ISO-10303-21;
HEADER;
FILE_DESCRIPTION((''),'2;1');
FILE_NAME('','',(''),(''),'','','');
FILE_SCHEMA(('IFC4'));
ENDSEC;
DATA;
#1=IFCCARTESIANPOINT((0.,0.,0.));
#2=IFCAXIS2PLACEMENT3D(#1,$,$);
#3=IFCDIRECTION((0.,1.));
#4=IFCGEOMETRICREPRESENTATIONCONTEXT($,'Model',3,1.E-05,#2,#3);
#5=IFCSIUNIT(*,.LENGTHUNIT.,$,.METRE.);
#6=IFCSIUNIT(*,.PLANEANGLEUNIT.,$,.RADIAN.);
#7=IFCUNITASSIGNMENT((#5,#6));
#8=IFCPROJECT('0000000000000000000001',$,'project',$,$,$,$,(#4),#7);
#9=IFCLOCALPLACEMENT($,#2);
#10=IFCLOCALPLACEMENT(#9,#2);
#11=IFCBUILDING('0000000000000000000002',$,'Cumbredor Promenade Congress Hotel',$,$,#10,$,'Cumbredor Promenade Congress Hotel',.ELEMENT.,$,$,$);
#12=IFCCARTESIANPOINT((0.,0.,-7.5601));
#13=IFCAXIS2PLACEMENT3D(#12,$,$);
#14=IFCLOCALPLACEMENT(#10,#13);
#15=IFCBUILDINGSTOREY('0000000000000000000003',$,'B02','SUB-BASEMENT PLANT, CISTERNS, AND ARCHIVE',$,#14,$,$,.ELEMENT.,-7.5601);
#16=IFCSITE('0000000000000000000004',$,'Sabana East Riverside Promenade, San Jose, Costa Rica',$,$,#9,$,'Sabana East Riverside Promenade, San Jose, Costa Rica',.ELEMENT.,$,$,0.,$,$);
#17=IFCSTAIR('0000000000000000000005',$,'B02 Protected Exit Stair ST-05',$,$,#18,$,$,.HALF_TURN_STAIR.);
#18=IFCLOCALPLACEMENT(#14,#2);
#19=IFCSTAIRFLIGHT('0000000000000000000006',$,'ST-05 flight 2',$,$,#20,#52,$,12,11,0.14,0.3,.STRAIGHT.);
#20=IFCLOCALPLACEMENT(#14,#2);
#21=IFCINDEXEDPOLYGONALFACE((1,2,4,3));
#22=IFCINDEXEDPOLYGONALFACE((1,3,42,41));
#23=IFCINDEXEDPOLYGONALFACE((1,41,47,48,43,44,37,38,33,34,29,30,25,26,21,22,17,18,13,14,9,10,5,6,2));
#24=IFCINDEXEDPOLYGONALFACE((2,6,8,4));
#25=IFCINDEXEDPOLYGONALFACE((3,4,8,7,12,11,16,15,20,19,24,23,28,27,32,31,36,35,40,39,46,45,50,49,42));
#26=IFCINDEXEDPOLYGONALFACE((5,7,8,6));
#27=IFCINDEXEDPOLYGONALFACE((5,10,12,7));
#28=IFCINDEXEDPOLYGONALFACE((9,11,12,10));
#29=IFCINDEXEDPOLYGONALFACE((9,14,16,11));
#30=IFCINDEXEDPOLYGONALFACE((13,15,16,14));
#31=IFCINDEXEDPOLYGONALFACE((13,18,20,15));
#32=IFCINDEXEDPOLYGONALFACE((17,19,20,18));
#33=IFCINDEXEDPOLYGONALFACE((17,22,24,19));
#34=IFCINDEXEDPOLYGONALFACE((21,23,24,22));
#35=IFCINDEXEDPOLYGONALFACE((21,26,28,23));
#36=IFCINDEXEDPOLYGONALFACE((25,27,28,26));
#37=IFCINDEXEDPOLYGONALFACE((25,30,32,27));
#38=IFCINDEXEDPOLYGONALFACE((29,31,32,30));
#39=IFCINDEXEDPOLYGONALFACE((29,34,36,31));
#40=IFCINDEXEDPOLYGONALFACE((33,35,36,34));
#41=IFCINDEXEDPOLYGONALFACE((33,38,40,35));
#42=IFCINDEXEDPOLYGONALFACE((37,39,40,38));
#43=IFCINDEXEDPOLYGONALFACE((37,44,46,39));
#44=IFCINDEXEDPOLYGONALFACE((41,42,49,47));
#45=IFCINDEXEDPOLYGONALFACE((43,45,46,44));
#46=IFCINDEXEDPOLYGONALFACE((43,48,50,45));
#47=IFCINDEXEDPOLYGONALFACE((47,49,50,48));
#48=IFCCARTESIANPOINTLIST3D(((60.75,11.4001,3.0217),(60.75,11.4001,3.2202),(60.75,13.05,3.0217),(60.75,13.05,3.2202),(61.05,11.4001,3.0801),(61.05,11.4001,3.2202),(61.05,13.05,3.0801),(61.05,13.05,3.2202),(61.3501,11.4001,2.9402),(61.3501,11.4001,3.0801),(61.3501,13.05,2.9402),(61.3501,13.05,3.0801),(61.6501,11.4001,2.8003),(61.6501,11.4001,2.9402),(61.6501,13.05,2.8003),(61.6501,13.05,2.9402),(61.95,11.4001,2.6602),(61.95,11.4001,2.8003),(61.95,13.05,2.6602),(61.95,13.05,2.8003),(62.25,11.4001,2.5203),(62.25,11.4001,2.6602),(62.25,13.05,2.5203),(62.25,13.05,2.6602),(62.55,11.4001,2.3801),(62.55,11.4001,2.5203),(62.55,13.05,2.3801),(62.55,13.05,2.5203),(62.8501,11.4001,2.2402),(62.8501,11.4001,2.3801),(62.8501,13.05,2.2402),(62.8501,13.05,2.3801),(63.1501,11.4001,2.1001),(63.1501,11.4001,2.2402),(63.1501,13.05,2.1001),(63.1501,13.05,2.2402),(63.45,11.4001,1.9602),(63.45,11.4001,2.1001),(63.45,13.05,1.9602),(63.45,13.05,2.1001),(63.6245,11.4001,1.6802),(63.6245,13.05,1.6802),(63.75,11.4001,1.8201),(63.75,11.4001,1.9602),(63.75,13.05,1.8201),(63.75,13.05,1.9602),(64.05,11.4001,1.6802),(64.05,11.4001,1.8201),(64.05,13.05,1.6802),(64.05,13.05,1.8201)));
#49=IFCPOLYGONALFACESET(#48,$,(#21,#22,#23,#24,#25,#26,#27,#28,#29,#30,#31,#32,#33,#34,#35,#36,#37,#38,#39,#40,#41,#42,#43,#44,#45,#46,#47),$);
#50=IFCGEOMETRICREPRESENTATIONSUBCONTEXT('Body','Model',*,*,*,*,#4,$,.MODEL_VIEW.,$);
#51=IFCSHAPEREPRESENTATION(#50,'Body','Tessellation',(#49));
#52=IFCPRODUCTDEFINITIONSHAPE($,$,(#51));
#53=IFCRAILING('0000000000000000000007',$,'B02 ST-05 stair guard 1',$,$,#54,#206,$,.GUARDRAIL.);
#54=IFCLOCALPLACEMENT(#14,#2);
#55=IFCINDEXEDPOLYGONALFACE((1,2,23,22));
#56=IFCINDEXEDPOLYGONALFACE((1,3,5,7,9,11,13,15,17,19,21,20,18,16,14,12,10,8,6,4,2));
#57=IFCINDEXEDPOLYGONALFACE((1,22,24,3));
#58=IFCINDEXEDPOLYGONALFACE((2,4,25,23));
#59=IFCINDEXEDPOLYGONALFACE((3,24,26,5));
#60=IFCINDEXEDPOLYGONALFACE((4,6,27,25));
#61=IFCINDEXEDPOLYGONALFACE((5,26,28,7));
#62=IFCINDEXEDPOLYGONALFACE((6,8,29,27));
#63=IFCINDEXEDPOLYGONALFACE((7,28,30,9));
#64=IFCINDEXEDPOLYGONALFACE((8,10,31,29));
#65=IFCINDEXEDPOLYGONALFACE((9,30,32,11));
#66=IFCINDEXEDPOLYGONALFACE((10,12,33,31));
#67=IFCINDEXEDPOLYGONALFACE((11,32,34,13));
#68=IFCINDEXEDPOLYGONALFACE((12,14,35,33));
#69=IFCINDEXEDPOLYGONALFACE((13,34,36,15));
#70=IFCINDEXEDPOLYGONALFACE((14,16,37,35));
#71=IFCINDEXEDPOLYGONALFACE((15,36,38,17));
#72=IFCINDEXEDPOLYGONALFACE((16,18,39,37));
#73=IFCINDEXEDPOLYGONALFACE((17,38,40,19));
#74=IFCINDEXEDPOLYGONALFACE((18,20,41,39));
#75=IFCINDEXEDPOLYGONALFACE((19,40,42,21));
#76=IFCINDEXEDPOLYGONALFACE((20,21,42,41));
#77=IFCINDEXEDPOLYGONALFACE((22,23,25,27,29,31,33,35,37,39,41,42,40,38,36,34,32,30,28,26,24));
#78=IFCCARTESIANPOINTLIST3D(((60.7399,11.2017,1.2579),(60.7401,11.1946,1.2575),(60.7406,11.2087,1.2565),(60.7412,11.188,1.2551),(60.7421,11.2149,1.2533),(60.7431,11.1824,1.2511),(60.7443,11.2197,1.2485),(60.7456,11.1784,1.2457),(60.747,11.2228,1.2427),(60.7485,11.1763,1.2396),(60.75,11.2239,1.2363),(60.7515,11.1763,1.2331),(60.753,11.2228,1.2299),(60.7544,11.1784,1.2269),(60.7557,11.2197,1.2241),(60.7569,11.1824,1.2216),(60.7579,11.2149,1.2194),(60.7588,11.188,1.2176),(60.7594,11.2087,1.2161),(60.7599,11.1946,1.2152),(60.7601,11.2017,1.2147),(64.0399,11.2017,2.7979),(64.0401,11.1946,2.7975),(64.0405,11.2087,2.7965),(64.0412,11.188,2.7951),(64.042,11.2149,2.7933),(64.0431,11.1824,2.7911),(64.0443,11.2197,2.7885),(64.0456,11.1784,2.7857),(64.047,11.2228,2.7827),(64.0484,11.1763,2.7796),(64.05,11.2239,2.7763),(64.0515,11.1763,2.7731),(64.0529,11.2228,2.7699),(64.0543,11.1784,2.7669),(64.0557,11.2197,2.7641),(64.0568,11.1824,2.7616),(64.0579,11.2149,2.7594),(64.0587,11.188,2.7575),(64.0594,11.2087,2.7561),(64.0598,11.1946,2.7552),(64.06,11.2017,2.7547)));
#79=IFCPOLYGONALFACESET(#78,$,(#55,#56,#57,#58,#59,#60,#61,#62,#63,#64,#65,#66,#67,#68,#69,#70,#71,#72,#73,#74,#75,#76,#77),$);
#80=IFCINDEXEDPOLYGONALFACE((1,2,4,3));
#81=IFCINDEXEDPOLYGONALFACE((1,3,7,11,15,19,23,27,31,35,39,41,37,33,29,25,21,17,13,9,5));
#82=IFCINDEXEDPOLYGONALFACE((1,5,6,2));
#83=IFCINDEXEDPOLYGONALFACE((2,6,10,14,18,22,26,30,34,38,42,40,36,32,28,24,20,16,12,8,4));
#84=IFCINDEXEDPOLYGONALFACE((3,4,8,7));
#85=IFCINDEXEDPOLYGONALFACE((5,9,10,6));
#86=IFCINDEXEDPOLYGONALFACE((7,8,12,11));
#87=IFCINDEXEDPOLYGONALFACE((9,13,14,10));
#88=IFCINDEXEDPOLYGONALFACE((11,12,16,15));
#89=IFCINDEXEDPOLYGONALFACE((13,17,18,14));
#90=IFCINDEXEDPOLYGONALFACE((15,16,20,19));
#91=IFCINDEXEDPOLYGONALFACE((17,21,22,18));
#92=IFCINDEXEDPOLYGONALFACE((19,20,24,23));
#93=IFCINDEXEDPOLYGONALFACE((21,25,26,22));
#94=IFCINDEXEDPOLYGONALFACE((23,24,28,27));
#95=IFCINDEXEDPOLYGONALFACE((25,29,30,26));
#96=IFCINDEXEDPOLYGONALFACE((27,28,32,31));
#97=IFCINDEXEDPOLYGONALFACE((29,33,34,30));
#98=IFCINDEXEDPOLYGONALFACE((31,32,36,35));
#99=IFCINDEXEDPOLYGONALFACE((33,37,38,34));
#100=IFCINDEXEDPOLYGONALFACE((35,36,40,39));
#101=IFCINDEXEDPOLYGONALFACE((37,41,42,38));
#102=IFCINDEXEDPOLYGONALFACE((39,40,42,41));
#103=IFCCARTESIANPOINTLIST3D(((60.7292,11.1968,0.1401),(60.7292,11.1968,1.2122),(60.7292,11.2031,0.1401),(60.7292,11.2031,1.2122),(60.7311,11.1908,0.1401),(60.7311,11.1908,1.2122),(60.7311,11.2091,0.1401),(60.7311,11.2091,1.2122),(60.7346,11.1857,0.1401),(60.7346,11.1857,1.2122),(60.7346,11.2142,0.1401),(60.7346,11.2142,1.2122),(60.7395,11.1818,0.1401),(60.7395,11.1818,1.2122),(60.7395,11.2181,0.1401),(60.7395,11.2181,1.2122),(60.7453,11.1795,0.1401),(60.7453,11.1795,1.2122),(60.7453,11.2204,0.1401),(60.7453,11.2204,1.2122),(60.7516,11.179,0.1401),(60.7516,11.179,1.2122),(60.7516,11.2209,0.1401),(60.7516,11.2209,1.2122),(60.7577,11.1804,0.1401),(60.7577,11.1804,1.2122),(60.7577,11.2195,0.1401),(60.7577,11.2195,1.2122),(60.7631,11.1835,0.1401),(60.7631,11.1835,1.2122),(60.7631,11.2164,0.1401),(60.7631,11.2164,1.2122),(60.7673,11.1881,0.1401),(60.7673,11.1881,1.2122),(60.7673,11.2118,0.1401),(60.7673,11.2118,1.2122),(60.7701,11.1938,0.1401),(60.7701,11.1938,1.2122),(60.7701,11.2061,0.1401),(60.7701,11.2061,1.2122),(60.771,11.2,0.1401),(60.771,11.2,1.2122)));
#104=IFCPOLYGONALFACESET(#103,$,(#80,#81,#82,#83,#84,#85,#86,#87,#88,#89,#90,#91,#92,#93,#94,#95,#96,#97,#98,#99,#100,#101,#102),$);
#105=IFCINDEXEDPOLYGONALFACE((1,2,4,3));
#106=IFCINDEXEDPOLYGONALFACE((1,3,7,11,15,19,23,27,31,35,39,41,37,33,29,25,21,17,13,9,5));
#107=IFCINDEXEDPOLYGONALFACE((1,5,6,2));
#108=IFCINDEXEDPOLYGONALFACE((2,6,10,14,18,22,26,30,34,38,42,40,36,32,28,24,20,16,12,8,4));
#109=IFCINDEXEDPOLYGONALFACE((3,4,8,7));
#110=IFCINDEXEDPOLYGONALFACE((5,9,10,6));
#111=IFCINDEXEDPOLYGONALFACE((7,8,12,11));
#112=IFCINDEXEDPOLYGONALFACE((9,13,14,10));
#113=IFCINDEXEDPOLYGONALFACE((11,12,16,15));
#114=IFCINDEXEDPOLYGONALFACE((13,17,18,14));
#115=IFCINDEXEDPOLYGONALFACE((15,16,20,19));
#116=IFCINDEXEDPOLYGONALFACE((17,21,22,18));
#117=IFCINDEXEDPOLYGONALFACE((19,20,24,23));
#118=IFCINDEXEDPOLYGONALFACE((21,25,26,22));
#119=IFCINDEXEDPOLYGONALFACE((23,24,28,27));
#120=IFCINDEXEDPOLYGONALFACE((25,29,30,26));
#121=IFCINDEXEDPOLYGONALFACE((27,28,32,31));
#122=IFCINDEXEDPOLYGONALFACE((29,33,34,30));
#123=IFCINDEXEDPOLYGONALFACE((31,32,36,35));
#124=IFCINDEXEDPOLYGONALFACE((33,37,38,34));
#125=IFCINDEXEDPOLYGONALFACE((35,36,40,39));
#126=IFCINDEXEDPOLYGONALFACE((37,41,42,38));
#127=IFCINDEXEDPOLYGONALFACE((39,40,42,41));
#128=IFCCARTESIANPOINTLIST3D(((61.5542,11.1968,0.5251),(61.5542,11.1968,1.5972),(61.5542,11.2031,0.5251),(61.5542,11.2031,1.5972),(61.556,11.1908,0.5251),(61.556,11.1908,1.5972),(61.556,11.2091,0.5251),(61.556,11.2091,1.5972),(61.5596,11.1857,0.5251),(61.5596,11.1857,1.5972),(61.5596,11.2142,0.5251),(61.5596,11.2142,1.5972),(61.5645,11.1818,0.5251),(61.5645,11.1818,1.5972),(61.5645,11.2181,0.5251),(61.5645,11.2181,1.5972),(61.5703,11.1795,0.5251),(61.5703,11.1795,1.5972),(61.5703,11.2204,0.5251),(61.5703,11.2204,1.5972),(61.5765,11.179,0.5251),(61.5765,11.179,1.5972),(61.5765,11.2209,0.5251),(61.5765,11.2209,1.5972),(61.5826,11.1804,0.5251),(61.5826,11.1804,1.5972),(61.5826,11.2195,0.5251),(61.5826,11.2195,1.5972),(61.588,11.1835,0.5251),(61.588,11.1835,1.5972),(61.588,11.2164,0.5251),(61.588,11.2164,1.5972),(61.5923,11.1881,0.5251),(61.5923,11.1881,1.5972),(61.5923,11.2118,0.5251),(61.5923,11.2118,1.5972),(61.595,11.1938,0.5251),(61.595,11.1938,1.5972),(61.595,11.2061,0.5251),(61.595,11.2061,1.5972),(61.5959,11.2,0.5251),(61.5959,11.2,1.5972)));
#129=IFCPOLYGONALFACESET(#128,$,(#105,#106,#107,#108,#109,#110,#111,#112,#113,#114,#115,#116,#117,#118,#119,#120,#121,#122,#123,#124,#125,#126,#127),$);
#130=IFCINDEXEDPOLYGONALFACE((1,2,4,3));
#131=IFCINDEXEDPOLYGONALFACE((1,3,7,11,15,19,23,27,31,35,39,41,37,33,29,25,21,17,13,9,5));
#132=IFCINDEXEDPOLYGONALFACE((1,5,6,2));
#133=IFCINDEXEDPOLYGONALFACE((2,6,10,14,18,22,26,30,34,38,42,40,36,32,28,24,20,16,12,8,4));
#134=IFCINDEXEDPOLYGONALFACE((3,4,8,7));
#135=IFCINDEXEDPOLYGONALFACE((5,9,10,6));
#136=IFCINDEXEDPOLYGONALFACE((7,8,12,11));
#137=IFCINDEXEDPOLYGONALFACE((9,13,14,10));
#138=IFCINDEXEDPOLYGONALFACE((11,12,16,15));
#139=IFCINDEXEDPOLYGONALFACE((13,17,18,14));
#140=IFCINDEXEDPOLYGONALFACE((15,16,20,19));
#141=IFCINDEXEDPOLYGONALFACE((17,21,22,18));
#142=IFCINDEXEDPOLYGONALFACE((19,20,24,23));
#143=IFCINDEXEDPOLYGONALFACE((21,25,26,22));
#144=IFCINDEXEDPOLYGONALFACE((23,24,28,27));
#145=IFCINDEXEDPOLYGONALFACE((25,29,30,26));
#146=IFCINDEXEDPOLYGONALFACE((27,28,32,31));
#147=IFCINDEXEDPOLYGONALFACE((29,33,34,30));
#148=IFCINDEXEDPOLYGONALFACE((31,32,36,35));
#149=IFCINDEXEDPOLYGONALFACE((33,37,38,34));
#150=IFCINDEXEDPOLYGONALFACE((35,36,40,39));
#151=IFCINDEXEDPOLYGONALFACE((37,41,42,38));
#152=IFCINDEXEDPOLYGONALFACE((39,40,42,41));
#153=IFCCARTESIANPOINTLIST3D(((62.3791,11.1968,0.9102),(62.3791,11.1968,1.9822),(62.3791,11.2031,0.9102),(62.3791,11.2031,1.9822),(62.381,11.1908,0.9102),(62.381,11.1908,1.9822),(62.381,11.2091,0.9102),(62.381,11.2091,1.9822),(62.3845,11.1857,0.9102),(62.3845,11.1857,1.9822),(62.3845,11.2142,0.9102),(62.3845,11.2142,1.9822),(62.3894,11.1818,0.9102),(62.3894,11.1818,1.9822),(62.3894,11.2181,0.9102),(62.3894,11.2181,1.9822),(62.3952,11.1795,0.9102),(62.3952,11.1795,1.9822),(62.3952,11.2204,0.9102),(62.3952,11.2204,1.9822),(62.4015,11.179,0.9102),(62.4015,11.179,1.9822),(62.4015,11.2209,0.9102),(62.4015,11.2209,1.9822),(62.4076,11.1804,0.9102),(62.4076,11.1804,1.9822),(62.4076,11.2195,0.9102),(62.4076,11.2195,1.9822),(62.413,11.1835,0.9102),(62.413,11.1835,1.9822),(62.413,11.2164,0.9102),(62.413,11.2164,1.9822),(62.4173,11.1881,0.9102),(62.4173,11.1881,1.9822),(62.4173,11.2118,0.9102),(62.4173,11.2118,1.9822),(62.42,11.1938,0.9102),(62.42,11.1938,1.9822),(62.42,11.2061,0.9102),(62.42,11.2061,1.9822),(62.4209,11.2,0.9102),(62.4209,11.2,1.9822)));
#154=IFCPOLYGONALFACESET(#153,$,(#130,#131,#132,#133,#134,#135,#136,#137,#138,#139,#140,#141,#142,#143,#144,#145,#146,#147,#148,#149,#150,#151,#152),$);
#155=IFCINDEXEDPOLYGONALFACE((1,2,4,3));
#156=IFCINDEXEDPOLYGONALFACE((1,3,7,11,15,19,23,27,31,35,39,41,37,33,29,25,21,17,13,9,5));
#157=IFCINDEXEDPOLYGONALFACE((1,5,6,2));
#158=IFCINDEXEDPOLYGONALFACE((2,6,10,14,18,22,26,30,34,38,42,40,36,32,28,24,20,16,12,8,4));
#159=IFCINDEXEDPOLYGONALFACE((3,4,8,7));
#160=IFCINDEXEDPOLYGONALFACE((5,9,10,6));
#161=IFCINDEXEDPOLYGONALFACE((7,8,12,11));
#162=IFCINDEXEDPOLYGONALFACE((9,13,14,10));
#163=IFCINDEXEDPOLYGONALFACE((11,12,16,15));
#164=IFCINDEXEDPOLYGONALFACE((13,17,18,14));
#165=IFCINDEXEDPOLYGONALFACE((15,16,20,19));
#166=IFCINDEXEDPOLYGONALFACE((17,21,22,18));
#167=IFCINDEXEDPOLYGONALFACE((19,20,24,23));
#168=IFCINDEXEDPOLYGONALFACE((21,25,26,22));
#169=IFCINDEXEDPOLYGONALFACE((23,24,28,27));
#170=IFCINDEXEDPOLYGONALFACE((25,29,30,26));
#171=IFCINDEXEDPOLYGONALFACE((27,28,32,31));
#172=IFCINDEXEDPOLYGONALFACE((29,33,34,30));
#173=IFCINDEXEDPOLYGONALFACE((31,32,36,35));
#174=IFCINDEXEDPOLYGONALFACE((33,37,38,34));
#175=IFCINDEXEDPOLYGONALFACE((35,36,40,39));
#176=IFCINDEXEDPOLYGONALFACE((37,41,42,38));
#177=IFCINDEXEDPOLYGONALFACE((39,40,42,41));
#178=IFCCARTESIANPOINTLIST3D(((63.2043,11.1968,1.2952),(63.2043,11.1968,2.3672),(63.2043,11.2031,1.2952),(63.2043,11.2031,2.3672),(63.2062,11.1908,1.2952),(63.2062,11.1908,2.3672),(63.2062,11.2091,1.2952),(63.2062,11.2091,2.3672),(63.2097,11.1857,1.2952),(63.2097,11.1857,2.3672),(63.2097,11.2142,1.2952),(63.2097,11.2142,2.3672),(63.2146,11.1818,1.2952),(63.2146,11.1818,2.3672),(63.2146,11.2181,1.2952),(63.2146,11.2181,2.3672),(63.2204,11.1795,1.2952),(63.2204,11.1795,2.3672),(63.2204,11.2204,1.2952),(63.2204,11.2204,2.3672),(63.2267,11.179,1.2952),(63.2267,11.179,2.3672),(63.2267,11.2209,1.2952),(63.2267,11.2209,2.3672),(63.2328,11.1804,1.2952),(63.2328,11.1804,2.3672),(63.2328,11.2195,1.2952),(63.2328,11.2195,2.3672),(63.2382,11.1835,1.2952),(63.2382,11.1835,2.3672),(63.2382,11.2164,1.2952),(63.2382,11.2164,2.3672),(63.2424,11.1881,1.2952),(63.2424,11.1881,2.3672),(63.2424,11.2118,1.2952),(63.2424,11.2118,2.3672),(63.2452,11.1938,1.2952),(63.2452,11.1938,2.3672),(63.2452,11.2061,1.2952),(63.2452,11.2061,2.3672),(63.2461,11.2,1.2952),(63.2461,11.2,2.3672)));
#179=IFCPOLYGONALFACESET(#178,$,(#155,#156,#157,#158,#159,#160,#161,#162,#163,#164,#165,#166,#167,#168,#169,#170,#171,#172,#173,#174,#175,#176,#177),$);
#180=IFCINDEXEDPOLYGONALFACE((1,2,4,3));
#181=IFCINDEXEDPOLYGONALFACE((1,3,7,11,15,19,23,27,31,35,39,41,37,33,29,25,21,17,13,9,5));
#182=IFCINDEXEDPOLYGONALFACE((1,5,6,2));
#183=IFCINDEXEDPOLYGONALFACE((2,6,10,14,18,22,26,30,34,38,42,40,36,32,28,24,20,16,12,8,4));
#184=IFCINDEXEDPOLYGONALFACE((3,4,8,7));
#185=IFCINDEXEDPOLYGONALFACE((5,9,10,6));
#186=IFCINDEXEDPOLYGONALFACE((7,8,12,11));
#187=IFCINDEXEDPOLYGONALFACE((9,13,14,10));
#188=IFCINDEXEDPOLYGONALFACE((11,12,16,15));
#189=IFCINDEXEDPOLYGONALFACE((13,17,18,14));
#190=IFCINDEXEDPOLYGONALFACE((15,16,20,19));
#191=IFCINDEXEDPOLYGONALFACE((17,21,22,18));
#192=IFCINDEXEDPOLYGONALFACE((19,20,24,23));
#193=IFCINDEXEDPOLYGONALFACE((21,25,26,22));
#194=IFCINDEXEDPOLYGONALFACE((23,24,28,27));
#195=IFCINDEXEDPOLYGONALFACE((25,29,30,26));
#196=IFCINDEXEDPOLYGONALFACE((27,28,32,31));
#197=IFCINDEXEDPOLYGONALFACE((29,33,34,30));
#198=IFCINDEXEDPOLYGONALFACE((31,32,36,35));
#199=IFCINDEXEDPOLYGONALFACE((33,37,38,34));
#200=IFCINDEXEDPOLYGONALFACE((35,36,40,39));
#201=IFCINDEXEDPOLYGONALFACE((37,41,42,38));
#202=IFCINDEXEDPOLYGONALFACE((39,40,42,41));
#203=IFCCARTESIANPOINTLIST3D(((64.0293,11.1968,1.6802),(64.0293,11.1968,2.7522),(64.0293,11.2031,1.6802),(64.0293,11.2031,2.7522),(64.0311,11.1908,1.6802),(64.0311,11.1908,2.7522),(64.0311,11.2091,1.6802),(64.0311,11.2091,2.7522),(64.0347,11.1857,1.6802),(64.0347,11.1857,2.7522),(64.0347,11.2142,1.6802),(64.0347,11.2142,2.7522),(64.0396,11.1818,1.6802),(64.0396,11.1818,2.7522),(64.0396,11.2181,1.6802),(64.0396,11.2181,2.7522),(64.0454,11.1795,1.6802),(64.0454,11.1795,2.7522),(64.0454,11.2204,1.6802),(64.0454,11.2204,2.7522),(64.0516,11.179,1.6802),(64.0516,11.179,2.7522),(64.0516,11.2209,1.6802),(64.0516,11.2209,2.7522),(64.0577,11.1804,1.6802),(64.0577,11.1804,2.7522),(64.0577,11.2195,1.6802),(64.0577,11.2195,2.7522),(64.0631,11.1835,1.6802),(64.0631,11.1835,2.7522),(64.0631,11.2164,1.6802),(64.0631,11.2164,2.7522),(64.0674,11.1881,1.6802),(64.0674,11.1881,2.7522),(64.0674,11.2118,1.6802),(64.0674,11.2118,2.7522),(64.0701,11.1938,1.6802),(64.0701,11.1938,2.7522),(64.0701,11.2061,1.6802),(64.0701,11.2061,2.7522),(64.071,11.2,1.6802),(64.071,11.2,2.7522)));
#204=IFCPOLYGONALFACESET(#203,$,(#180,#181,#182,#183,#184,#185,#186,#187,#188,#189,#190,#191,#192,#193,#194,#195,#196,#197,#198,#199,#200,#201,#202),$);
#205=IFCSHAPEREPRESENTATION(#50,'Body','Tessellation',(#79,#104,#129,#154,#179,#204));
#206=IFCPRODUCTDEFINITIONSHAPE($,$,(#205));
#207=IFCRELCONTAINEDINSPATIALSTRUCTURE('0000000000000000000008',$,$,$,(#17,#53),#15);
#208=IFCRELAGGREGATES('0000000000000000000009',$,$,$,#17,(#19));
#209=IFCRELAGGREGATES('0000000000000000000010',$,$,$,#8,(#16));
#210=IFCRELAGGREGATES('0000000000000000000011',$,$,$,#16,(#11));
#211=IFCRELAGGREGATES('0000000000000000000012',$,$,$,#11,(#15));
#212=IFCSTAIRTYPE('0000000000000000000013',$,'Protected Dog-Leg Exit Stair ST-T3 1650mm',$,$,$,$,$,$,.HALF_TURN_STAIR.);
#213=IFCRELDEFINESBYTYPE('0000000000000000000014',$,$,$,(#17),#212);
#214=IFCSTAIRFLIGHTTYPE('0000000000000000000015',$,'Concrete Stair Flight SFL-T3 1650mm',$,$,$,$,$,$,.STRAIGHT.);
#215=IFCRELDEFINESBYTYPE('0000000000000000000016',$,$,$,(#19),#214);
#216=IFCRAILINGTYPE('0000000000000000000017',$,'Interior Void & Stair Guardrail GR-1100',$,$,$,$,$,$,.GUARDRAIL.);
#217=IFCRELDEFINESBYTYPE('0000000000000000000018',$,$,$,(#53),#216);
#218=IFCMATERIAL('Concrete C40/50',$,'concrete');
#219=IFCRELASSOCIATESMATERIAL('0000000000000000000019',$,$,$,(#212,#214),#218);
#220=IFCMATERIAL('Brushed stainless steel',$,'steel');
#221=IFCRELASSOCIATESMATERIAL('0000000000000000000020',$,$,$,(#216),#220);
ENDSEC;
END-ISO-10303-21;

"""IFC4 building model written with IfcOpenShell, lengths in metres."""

from ifc_helpers import new_model, si_unit, direction, frame, origin, origin_2d, place, context, subcontext, project, spatial, polyline, circle, outline, extrude, material, type_object, element, aggregate, save


model = new_model("IFC4")

# Units and contexts
model_context = context("Model", 3, precision=1e-05, world=origin(), true_north=direction((0.0, 1.0)))
body_context = subcontext(model_context, "Body", "Model", "MODEL_VIEW")
ifc_project = project(units=[si_unit("LENGTHUNIT", "METRE"), si_unit("PLANEANGLEUNIT", "RADIAN")], contexts=[model_context])

# Site, building, storey
site_placement = place(None, origin())
site = spatial("IfcSite", under=ifc_project, at=site_placement, Name="Sabana East Riverside Promenade, San Jose, Costa Rica", LongName="Sabana East Riverside Promenade, San Jose, Costa Rica", CompositionType="ELEMENT", RefElevation=0.0)
building_placement = place(site_placement, origin())
building = spatial("IfcBuilding", under=site, at=building_placement, Name="Cumbredor Promenade Congress Hotel", LongName="Cumbredor Promenade Congress Hotel", CompositionType="ELEMENT")
storey_placement = place(building_placement, frame((0.0, 0.0, -7.5601)))
storey = spatial("IfcBuildingStorey", under=building, at=storey_placement, Name="B02", Description="SUB-BASEMENT PLANT, CISTERNS, AND ARCHIVE", CompositionType="ELEMENT", Elevation=-7.5601)

# Shared definitions
ifc_material_1 = material(Name="Concrete C40/50", Category="concrete")

# Stair, stair flight
stair_type = type_object("IfcStairType", Name="Protected Dog-Leg Exit Stair ST-T3 1650mm", PredefinedType="HALF_TURN_STAIR", material=ifc_material_1)
stair_placement = place(storey_placement, origin())
stair = element("IfcStair", 1, at=stair_placement, inside=storey, type_object=stair_type, Name="B02 Protected Exit Stair ST-05", PredefinedType="HALF_TURN_STAIR")
stair_flight_type = type_object("IfcStairFlightType", Name="Concrete Stair Flight SFL-T3 1650mm", PredefinedType="STRAIGHT", material=ifc_material_1)
stair_flight_1_placement = place(storey_placement, frame((64.05, 12.2251, 1.6802), z_axis=(0.0, 0.0, 1.0), x_axis=(-1.0, 0.0, 0.0)))
stair_flight_1 = element("IfcStairFlight", 2, at=stair_flight_1_placement, type_object=stair_flight_type, Name="ST-05 flight 2", NumberOfRisers=12, NumberOfTreads=11, PredefinedType="STRAIGHT", RiserHeight=0.14, TreadLength=0.3, context=body_context, shape_type="SweptSolid", body=[
    extrude(outline(polyline([(0.0, 0.0), (0.0, 0.1399), (0.3, 0.1399), (0.3, 0.28), (0.6001, 0.28), (0.6001, 0.4199), (0.8999, 0.4199), (0.8999, 0.5601), (1.2, 0.5601), (1.2, 0.7), (1.5, 0.7), (1.5, 0.8401), (1.8, 0.8401), (1.8, 0.98), (2.1001, 0.98), (2.1001, 1.1201), (2.3999, 1.1201), (2.3999, 1.26), (2.7, 1.26), (2.7, 1.3999), (3.0, 1.3999), (3.0, 1.54), (3.3, 1.54), (3.3, 1.6799), (3.3, 1.3416), (0.4255, 0.0), (0.0, 0.0)])), frame((0.0, 0.825, 0.0), z_axis=(0.0, -1.0, 0.0), x_axis=(1.0, 0.0, 0.0)), (0.0, 0.0, 1.0), 1.6499),
])
aggregate(stair, [stair_flight_1])

# Railing
ifc_material_2 = material(Name="Brushed stainless steel", Category="steel")
railing_type_1 = type_object("IfcRailingType", Name="Interior Void & Stair Guardrail GR-1100", PredefinedType="GUARDRAIL", material=ifc_material_2)
railing_1_placement = place(storey_placement, frame((60.75, 11.2, 0.1401)))
element("IfcRailing", 3, at=railing_1_placement, inside=storey, type_object=railing_type_1, Name="B02 ST-05 stair guard 1", PredefinedType="GUARDRAIL", context=body_context, shape_type="SweptSolid", body=[
    extrude(circle(Radius=0.0239, at=origin_2d()), frame((0.0, 0.0, 1.0962), z_axis=(0.906181, 0.0, 0.422889), x_axis=(0.0, 1.0, 0.0)), (0.0, 0.0, 1.0), 3.6416),
    extrude(circle(Radius=0.021, at=origin_2d()), origin(), (0.0, 0.0, 1.0), 1.072),
    extrude(circle(Radius=0.021, at=origin_2d()), frame((0.825, 0.0, 0.385)), (0.0, 0.0, 1.0), 1.072),
    extrude(circle(Radius=0.021, at=origin_2d()), frame((1.6499, 0.0, 0.77)), (0.0, 0.0, 1.0), 1.072),
    extrude(circle(Radius=0.021, at=origin_2d()), frame((2.4751, 0.0, 1.155)), (0.0, 0.0, 1.0), 1.072),
    extrude(circle(Radius=0.021, at=origin_2d()), frame((3.3, 0.0, 1.54)), (0.0, 0.0, 1.0), 1.072),
])

save(model, "model.ifc")
